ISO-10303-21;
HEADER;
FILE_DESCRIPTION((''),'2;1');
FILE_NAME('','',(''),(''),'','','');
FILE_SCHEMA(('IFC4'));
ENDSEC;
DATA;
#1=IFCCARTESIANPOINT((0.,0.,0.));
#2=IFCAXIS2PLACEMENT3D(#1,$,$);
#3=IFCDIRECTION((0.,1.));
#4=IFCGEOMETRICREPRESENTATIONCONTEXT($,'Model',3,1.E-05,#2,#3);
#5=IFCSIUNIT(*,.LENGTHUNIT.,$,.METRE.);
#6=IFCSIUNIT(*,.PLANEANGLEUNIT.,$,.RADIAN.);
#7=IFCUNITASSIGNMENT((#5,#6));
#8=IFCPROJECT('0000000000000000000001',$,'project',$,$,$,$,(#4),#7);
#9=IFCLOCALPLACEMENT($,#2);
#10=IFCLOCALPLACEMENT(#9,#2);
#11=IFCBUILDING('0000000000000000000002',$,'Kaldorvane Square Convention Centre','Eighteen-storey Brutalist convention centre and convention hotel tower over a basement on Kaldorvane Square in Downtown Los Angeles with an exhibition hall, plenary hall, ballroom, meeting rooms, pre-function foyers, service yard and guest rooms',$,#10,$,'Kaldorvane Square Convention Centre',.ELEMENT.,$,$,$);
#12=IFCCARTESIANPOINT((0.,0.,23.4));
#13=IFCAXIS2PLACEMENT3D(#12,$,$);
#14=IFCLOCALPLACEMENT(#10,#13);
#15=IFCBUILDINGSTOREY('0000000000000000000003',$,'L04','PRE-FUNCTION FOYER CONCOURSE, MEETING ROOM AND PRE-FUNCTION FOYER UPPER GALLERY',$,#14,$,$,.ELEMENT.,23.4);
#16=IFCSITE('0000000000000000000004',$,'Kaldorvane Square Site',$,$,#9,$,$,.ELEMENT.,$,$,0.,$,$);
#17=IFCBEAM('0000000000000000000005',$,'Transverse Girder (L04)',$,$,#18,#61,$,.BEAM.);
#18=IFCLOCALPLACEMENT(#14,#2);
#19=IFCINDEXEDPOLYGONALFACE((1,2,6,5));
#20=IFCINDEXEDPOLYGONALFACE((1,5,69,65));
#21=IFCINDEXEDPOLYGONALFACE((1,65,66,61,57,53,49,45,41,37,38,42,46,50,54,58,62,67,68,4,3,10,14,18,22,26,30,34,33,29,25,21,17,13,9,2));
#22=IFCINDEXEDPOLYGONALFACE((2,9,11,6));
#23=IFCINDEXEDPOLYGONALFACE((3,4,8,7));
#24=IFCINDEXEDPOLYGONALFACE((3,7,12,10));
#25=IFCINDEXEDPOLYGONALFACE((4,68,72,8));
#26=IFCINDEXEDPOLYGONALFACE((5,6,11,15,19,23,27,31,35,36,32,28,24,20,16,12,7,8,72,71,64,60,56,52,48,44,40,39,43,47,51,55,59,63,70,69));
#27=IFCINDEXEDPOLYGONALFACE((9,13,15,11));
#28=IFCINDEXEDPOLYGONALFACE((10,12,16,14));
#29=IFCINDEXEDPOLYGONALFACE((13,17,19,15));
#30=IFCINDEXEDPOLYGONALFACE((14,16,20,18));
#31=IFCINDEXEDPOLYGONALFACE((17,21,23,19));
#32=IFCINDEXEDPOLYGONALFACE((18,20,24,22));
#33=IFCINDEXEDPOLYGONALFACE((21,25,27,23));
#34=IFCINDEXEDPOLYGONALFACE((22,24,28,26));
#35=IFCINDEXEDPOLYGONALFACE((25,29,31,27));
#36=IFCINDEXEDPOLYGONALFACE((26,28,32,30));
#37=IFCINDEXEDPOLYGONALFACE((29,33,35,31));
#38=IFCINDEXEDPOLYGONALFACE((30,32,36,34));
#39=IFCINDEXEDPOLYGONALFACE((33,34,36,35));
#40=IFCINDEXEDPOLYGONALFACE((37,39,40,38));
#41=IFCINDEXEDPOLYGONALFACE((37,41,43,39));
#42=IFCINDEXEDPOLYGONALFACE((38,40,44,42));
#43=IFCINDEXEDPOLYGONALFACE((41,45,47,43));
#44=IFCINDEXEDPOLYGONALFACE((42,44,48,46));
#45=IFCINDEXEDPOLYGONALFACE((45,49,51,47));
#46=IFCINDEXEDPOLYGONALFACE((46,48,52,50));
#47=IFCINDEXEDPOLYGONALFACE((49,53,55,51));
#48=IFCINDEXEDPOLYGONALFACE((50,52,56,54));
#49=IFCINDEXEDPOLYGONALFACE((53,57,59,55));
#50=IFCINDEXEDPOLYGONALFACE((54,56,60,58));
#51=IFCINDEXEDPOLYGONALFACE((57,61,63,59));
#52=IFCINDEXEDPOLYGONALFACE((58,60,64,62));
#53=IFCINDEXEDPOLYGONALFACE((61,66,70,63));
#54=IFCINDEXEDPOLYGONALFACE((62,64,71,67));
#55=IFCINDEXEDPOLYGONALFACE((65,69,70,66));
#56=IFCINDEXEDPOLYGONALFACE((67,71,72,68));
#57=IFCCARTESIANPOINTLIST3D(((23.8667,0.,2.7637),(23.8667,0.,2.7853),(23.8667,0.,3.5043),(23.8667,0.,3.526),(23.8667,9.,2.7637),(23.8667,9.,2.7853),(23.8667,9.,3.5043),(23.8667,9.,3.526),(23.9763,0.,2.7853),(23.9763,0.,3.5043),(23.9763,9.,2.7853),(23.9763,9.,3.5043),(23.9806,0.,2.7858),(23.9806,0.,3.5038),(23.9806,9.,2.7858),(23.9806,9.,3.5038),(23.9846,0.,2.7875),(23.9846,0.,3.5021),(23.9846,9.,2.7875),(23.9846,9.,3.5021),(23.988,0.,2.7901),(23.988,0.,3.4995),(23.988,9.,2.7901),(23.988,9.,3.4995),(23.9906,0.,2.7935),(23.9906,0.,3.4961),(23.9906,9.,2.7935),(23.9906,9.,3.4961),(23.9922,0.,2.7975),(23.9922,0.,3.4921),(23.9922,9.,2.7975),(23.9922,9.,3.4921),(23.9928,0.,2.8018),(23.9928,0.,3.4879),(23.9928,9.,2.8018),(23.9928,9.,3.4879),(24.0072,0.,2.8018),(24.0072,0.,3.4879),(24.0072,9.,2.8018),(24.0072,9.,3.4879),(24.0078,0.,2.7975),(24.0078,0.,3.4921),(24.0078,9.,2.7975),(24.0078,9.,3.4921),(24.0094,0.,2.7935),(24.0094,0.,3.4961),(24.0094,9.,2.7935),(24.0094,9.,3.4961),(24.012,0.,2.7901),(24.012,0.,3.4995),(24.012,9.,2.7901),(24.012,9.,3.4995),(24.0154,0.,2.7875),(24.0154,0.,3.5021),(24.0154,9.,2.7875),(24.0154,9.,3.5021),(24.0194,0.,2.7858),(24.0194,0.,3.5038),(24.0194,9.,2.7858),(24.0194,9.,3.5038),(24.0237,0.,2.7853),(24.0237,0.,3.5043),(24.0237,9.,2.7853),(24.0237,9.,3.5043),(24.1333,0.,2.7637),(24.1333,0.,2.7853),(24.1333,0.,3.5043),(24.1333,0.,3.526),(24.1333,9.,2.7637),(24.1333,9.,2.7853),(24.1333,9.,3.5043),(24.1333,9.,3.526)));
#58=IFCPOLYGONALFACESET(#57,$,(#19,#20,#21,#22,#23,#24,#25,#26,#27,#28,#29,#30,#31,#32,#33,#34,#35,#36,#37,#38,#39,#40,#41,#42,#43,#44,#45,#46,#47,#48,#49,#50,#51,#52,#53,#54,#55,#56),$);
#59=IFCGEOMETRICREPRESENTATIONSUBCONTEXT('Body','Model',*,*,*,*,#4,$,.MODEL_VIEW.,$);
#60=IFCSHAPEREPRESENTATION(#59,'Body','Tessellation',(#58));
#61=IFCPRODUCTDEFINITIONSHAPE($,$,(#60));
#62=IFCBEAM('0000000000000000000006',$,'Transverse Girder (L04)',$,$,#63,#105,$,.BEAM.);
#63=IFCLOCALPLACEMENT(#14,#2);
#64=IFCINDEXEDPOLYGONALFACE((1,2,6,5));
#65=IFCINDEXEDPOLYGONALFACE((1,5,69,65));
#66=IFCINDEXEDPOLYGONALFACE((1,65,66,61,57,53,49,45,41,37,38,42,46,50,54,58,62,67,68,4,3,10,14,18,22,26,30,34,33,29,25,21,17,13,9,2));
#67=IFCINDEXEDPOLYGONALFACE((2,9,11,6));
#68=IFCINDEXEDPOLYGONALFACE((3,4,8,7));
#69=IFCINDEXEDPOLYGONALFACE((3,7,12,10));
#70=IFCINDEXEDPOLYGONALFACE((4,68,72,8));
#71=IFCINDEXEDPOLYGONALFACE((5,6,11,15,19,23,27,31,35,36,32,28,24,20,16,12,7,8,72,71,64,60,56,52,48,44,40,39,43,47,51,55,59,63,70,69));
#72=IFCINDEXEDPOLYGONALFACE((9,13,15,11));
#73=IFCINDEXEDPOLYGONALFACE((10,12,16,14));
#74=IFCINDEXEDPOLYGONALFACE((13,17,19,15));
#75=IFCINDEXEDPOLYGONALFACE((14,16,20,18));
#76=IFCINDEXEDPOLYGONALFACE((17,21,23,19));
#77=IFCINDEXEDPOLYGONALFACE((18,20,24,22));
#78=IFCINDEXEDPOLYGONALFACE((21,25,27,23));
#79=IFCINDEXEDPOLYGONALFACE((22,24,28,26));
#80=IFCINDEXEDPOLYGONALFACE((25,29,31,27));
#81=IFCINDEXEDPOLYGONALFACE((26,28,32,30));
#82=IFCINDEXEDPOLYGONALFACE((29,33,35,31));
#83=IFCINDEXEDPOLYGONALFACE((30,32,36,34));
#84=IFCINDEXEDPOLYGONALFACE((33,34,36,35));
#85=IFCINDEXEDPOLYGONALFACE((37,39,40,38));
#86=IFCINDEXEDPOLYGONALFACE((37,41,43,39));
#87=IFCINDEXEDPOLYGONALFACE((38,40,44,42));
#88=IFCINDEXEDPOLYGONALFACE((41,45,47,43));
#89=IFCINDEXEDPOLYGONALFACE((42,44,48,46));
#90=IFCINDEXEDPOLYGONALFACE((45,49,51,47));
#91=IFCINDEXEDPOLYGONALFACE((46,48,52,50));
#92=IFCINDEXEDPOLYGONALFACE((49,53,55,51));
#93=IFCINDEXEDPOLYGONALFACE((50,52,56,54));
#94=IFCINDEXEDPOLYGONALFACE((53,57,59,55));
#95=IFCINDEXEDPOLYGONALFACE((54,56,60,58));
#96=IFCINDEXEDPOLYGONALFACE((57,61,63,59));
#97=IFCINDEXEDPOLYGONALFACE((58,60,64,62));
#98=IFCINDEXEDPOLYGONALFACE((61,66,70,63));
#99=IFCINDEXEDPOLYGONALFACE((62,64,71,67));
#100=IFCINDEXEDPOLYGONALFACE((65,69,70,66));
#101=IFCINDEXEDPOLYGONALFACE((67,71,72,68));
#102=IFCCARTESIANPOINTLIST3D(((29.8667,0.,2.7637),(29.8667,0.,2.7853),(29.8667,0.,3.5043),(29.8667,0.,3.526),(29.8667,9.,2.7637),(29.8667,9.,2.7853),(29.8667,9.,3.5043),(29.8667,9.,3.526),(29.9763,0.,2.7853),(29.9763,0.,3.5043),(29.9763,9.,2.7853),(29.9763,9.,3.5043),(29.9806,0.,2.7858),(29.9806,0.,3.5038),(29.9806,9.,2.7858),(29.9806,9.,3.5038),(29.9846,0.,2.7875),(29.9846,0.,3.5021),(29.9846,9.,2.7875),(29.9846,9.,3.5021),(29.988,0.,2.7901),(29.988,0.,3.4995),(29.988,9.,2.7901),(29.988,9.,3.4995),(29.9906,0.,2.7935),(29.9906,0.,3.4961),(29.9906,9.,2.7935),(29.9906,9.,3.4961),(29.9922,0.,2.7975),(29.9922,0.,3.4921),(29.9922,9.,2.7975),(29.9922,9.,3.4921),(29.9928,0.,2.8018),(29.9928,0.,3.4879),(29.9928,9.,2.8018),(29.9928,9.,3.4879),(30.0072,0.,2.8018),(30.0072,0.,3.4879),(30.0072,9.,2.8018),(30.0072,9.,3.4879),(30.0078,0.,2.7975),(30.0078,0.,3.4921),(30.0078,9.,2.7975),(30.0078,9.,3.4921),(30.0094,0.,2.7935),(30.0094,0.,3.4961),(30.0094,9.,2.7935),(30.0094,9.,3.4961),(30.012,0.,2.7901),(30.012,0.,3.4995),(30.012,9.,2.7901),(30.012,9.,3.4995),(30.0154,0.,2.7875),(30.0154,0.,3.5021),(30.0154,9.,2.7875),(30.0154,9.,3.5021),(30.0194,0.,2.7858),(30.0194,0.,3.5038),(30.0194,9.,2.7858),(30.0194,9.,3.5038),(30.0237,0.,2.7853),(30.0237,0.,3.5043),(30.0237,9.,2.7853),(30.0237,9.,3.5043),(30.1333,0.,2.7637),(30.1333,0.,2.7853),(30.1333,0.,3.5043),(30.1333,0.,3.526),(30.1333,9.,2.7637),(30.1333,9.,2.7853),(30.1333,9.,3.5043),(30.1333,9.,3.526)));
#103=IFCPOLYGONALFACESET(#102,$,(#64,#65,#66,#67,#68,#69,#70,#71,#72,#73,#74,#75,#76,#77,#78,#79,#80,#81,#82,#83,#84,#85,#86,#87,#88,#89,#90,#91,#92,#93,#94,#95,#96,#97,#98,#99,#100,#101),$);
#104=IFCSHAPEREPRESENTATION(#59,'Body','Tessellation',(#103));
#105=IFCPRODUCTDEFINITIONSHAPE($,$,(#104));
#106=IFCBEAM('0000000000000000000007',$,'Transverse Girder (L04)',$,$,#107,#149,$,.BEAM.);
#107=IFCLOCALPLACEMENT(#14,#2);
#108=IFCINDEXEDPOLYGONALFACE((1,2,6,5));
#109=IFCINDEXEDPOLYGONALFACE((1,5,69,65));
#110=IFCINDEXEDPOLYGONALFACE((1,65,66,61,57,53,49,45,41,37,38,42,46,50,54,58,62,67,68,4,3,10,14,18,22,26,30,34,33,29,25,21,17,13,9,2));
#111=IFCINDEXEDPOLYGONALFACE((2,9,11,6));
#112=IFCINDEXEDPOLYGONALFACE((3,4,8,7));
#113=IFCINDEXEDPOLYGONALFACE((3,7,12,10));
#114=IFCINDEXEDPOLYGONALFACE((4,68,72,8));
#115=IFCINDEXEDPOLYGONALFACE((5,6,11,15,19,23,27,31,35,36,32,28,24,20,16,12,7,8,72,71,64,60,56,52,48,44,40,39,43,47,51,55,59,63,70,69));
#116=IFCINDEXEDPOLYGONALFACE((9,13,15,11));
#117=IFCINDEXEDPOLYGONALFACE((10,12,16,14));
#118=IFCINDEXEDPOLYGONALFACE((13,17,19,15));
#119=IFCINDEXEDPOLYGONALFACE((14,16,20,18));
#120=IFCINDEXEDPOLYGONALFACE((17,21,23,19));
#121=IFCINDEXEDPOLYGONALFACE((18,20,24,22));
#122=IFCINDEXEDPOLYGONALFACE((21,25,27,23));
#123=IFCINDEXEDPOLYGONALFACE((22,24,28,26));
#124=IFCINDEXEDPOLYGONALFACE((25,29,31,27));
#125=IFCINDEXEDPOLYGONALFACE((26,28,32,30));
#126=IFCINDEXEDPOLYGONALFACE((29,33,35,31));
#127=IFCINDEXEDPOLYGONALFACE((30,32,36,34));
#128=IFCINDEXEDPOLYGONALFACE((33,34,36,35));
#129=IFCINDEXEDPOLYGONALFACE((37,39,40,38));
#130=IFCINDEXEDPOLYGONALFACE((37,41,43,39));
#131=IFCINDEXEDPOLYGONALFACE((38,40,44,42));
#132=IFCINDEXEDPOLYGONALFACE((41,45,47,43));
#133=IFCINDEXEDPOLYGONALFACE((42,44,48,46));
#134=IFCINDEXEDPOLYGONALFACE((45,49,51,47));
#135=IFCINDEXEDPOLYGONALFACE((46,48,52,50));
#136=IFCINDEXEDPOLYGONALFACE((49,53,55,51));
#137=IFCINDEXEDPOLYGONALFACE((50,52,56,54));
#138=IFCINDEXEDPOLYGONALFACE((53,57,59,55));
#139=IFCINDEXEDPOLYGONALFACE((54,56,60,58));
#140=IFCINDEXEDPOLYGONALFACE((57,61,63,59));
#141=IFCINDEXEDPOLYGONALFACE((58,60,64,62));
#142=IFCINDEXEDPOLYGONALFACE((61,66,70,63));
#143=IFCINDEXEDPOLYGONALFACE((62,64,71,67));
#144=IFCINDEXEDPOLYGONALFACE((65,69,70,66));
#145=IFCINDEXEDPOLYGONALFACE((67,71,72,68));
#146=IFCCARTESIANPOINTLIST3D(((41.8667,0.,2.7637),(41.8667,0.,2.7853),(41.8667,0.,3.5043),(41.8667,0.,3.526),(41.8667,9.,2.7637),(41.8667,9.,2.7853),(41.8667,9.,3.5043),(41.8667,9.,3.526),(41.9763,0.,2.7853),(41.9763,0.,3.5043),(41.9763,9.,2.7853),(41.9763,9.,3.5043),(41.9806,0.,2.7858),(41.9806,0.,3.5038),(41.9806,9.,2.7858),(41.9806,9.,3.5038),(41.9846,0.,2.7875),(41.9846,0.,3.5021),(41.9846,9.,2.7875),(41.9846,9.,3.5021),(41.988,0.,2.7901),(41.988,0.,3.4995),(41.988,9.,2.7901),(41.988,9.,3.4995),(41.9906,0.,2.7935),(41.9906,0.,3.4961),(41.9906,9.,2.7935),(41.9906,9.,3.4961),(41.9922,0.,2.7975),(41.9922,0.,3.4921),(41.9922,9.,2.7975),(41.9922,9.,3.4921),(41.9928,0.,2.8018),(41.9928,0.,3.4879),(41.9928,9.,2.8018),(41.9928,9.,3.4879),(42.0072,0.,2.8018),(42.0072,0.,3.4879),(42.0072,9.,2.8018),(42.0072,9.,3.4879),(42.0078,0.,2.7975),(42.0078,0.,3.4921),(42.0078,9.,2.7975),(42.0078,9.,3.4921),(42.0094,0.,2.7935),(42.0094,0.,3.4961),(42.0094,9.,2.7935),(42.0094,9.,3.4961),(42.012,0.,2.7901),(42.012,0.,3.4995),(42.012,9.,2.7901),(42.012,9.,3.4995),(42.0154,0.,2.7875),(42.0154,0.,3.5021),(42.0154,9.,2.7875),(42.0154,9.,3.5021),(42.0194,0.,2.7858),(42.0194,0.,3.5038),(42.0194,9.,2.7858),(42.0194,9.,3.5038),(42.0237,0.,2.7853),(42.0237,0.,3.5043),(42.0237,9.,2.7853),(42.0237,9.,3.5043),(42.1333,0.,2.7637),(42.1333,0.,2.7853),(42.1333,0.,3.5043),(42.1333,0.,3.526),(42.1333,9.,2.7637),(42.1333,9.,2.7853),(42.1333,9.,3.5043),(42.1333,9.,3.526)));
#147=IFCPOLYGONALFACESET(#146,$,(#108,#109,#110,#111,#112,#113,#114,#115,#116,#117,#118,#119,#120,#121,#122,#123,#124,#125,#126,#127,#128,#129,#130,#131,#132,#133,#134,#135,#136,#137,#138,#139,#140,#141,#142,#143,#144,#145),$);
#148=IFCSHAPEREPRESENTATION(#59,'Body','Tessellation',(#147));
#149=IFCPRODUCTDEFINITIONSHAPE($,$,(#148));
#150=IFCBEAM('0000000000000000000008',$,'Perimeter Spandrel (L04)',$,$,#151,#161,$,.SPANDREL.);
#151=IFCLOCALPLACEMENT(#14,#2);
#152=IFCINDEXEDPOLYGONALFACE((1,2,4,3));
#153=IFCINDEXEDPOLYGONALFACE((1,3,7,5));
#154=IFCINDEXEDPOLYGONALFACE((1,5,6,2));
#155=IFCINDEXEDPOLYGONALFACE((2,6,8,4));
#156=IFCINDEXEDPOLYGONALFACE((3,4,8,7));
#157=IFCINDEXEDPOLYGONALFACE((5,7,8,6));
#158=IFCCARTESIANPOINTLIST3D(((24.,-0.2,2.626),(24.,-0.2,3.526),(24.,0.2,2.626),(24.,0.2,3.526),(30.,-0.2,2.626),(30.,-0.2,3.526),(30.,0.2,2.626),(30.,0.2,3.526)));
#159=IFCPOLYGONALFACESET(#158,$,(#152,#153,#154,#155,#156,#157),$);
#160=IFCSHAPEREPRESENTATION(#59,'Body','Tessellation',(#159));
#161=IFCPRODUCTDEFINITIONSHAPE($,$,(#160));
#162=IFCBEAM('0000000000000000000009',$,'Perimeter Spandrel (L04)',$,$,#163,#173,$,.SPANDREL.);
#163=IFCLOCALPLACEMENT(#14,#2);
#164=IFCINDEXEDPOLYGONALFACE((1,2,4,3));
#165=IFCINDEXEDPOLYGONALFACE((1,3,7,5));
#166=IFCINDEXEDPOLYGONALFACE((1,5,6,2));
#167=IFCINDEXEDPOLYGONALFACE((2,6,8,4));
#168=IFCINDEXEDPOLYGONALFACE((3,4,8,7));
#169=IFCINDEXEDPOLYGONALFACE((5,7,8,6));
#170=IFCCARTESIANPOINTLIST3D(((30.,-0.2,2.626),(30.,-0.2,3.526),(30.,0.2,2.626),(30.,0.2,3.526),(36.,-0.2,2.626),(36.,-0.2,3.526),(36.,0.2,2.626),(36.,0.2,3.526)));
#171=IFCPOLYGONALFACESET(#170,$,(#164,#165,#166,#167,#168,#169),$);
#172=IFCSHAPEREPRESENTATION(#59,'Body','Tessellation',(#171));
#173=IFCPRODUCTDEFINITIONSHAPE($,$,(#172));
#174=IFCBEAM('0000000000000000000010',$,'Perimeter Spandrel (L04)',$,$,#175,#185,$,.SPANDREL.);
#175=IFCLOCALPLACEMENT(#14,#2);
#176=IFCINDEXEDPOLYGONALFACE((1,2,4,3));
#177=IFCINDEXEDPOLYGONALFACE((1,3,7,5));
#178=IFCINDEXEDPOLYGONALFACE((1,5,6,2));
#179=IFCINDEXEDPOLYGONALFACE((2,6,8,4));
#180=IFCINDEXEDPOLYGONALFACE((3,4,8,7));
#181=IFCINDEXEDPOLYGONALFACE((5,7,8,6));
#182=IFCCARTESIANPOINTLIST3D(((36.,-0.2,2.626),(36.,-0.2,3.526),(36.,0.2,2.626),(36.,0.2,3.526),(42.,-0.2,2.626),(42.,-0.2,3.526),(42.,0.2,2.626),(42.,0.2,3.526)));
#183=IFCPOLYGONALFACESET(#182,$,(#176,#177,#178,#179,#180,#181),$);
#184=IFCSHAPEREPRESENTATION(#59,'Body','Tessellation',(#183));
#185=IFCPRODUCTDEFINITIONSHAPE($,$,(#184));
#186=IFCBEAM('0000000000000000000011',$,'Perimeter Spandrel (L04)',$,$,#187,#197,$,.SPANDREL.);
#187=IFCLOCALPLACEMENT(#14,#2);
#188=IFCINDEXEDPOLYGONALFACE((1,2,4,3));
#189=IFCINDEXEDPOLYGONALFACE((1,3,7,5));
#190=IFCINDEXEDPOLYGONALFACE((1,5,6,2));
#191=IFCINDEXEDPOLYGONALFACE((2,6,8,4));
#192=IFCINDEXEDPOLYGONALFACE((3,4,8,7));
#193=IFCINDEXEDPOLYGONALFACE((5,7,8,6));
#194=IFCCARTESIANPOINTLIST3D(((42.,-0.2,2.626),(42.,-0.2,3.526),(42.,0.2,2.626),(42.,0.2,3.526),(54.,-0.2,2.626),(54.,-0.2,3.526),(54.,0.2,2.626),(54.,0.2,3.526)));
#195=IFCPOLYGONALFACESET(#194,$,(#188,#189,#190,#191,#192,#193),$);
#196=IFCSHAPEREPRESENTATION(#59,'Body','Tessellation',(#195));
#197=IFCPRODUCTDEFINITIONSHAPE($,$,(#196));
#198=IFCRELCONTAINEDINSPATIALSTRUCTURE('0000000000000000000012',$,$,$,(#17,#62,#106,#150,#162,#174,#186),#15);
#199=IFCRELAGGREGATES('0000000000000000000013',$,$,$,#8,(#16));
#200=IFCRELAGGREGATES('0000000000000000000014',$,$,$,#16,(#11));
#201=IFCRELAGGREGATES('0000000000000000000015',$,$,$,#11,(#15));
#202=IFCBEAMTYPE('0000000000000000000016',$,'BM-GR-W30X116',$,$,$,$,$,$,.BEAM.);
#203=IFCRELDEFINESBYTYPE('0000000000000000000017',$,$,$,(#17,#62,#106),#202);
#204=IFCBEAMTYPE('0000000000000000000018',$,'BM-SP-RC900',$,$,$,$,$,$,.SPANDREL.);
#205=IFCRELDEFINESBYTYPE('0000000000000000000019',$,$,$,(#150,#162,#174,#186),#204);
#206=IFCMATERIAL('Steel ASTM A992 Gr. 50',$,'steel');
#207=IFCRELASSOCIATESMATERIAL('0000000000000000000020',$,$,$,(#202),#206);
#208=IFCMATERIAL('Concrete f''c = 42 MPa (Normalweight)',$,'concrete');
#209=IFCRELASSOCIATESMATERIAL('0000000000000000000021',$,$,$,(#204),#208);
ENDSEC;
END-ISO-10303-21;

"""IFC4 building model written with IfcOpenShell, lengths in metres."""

from ifc_helpers import new_model, si_unit, direction, frame, origin, origin_2d, place, context, subcontext, project, spatial, rectangle, i_section, extrude, material, material_profile, profile_set, type_object, element, save


model = new_model("IFC4")

# Units and contexts
model_context = context("Model", 3, precision=1e-05, world=origin(), true_north=direction((0.0, 1.0)))
body_context = subcontext(model_context, "Body", "Model", "MODEL_VIEW")
ifc_project = project(units=[si_unit("LENGTHUNIT", "METRE"), si_unit("PLANEANGLEUNIT", "RADIAN")], contexts=[model_context])

# Site, building, storey
site_placement = place(None, origin())
site = spatial("IfcSite", under=ifc_project, at=site_placement, Name="Kaldorvane Square Site", CompositionType="ELEMENT", RefElevation=0.0)
building_placement = place(site_placement, origin())
building = spatial("IfcBuilding", under=site, at=building_placement, Name="Kaldorvane Square Convention Centre", Description="Eighteen-storey Brutalist convention centre and convention hotel tower over a basement on Kaldorvane Square in Downtown Los Angeles with an exhibition hall, plenary hall, ballroom, meeting rooms, pre-function foyers, service yard and guest rooms", LongName="Kaldorvane Square Convention Centre", CompositionType="ELEMENT")
storey_placement = place(building_placement, frame((0.0, 0.0, 23.4)))
storey = spatial("IfcBuildingStorey", under=building, at=storey_placement, Name="L04", Description="PRE-FUNCTION FOYER CONCOURSE, MEETING ROOM AND PRE-FUNCTION FOYER UPPER GALLERY", CompositionType="ELEMENT", Elevation=23.4)

# Shared definitions
ifc_material_1 = material(Name="Steel ASTM A992 Gr. 50", Category="steel")

# Beams
ifc_material_profile_1 = material_profile(ifc_material_1, i_section(OverallWidth=0.2666, OverallDepth=0.7623, WebThickness=0.0144, FlangeThickness=0.0216, FilletRadius=0.0165, at=origin_2d()), Name="W30X116")
ifc_profile_set_1 = profile_set([ifc_material_profile_1], Name="Steel ASTM A992 Gr. 50")
beam_type_1 = type_object("IfcBeamType", Name="BM-GR-W30X116", PredefinedType="BEAM", material=ifc_profile_set_1)
for number, where, z_axis, x_axis, name in (
    (1, (24.0, 0.0, 3.1448), (0.0, 1.0, 0.0), (-1.0, 0.0, 0.0), "Transverse Girder (L04)"),
    (2, (30.0, 0.0, 3.1448), (0.0, 1.0, 0.0), (-1.0, 0.0, 0.0), "Transverse Girder (L04)"),
    (3, (42.0, 0.0, 3.1448), (0.0, 1.0, 0.0), (-1.0, 0.0, 0.0), "Transverse Girder (L04)"),
):
    element("IfcBeam", number, at=place(storey_placement, frame(where, z_axis=z_axis, x_axis=x_axis)), inside=storey, type_object=beam_type_1, Name=name, PredefinedType="BEAM", context=body_context, shape_type="SweptSolid", body=[
        extrude(i_section(OverallWidth=0.2666, OverallDepth=0.7623, WebThickness=0.0144, FlangeThickness=0.0216, FilletRadius=0.0165, at=origin_2d()), origin(), (0.0, 0.0, 1.0), 9.0),
    ])
ifc_material_2 = material(Name="Concrete f'c = 42 MPa (Normalweight)", Category="concrete")
ifc_material_profile_2 = material_profile(ifc_material_2, rectangle(XDim=0.4, YDim=0.9, at=origin_2d()), Name="RCSP900X400")
ifc_profile_set_2 = profile_set([ifc_material_profile_2], Name="Concrete f'c = 42 MPa (Normalweight)")
beam_type_2 = type_object("IfcBeamType", Name="BM-SP-RC900", PredefinedType="SPANDREL", material=ifc_profile_set_2)
for number, where, z_axis, x_axis, name in (
    (4, (24.0, 0.0, 3.076), (1.0, 0.0, 0.0), (0.0, 1.0, 0.0), "Perimeter Spandrel (L04)"),
    (5, (30.0, 0.0, 3.076), (1.0, 0.0, 0.0), (0.0, 1.0, 0.0), "Perimeter Spandrel (L04)"),
    (6, (36.0, 0.0, 3.076), (1.0, 0.0, 0.0), (0.0, 1.0, 0.0), "Perimeter Spandrel (L04)"),
):
    element("IfcBeam", number, at=place(storey_placement, frame(where, z_axis=z_axis, x_axis=x_axis)), inside=storey, type_object=beam_type_2, Name=name, PredefinedType="SPANDREL", context=body_context, shape_type="SweptSolid", body=[
        extrude(rectangle(XDim=0.4, YDim=0.9, at=origin_2d()), origin(), (0.0, 0.0, 1.0), 6.0),
    ])
beam_placement = place(storey_placement, frame((42.0, 0.0, 3.076), z_axis=(1.0, 0.0, 0.0), x_axis=(0.0, 1.0, 0.0)))
element("IfcBeam", 7, at=beam_placement, inside=storey, type_object=beam_type_2, Name="Perimeter Spandrel (L04)", PredefinedType="SPANDREL", context=body_context, shape_type="SweptSolid", body=[
    extrude(rectangle(XDim=0.4, YDim=0.9, at=origin_2d()), origin(), (0.0, 0.0, 1.0), 12.0),
])

save(model, "model.ifc")
